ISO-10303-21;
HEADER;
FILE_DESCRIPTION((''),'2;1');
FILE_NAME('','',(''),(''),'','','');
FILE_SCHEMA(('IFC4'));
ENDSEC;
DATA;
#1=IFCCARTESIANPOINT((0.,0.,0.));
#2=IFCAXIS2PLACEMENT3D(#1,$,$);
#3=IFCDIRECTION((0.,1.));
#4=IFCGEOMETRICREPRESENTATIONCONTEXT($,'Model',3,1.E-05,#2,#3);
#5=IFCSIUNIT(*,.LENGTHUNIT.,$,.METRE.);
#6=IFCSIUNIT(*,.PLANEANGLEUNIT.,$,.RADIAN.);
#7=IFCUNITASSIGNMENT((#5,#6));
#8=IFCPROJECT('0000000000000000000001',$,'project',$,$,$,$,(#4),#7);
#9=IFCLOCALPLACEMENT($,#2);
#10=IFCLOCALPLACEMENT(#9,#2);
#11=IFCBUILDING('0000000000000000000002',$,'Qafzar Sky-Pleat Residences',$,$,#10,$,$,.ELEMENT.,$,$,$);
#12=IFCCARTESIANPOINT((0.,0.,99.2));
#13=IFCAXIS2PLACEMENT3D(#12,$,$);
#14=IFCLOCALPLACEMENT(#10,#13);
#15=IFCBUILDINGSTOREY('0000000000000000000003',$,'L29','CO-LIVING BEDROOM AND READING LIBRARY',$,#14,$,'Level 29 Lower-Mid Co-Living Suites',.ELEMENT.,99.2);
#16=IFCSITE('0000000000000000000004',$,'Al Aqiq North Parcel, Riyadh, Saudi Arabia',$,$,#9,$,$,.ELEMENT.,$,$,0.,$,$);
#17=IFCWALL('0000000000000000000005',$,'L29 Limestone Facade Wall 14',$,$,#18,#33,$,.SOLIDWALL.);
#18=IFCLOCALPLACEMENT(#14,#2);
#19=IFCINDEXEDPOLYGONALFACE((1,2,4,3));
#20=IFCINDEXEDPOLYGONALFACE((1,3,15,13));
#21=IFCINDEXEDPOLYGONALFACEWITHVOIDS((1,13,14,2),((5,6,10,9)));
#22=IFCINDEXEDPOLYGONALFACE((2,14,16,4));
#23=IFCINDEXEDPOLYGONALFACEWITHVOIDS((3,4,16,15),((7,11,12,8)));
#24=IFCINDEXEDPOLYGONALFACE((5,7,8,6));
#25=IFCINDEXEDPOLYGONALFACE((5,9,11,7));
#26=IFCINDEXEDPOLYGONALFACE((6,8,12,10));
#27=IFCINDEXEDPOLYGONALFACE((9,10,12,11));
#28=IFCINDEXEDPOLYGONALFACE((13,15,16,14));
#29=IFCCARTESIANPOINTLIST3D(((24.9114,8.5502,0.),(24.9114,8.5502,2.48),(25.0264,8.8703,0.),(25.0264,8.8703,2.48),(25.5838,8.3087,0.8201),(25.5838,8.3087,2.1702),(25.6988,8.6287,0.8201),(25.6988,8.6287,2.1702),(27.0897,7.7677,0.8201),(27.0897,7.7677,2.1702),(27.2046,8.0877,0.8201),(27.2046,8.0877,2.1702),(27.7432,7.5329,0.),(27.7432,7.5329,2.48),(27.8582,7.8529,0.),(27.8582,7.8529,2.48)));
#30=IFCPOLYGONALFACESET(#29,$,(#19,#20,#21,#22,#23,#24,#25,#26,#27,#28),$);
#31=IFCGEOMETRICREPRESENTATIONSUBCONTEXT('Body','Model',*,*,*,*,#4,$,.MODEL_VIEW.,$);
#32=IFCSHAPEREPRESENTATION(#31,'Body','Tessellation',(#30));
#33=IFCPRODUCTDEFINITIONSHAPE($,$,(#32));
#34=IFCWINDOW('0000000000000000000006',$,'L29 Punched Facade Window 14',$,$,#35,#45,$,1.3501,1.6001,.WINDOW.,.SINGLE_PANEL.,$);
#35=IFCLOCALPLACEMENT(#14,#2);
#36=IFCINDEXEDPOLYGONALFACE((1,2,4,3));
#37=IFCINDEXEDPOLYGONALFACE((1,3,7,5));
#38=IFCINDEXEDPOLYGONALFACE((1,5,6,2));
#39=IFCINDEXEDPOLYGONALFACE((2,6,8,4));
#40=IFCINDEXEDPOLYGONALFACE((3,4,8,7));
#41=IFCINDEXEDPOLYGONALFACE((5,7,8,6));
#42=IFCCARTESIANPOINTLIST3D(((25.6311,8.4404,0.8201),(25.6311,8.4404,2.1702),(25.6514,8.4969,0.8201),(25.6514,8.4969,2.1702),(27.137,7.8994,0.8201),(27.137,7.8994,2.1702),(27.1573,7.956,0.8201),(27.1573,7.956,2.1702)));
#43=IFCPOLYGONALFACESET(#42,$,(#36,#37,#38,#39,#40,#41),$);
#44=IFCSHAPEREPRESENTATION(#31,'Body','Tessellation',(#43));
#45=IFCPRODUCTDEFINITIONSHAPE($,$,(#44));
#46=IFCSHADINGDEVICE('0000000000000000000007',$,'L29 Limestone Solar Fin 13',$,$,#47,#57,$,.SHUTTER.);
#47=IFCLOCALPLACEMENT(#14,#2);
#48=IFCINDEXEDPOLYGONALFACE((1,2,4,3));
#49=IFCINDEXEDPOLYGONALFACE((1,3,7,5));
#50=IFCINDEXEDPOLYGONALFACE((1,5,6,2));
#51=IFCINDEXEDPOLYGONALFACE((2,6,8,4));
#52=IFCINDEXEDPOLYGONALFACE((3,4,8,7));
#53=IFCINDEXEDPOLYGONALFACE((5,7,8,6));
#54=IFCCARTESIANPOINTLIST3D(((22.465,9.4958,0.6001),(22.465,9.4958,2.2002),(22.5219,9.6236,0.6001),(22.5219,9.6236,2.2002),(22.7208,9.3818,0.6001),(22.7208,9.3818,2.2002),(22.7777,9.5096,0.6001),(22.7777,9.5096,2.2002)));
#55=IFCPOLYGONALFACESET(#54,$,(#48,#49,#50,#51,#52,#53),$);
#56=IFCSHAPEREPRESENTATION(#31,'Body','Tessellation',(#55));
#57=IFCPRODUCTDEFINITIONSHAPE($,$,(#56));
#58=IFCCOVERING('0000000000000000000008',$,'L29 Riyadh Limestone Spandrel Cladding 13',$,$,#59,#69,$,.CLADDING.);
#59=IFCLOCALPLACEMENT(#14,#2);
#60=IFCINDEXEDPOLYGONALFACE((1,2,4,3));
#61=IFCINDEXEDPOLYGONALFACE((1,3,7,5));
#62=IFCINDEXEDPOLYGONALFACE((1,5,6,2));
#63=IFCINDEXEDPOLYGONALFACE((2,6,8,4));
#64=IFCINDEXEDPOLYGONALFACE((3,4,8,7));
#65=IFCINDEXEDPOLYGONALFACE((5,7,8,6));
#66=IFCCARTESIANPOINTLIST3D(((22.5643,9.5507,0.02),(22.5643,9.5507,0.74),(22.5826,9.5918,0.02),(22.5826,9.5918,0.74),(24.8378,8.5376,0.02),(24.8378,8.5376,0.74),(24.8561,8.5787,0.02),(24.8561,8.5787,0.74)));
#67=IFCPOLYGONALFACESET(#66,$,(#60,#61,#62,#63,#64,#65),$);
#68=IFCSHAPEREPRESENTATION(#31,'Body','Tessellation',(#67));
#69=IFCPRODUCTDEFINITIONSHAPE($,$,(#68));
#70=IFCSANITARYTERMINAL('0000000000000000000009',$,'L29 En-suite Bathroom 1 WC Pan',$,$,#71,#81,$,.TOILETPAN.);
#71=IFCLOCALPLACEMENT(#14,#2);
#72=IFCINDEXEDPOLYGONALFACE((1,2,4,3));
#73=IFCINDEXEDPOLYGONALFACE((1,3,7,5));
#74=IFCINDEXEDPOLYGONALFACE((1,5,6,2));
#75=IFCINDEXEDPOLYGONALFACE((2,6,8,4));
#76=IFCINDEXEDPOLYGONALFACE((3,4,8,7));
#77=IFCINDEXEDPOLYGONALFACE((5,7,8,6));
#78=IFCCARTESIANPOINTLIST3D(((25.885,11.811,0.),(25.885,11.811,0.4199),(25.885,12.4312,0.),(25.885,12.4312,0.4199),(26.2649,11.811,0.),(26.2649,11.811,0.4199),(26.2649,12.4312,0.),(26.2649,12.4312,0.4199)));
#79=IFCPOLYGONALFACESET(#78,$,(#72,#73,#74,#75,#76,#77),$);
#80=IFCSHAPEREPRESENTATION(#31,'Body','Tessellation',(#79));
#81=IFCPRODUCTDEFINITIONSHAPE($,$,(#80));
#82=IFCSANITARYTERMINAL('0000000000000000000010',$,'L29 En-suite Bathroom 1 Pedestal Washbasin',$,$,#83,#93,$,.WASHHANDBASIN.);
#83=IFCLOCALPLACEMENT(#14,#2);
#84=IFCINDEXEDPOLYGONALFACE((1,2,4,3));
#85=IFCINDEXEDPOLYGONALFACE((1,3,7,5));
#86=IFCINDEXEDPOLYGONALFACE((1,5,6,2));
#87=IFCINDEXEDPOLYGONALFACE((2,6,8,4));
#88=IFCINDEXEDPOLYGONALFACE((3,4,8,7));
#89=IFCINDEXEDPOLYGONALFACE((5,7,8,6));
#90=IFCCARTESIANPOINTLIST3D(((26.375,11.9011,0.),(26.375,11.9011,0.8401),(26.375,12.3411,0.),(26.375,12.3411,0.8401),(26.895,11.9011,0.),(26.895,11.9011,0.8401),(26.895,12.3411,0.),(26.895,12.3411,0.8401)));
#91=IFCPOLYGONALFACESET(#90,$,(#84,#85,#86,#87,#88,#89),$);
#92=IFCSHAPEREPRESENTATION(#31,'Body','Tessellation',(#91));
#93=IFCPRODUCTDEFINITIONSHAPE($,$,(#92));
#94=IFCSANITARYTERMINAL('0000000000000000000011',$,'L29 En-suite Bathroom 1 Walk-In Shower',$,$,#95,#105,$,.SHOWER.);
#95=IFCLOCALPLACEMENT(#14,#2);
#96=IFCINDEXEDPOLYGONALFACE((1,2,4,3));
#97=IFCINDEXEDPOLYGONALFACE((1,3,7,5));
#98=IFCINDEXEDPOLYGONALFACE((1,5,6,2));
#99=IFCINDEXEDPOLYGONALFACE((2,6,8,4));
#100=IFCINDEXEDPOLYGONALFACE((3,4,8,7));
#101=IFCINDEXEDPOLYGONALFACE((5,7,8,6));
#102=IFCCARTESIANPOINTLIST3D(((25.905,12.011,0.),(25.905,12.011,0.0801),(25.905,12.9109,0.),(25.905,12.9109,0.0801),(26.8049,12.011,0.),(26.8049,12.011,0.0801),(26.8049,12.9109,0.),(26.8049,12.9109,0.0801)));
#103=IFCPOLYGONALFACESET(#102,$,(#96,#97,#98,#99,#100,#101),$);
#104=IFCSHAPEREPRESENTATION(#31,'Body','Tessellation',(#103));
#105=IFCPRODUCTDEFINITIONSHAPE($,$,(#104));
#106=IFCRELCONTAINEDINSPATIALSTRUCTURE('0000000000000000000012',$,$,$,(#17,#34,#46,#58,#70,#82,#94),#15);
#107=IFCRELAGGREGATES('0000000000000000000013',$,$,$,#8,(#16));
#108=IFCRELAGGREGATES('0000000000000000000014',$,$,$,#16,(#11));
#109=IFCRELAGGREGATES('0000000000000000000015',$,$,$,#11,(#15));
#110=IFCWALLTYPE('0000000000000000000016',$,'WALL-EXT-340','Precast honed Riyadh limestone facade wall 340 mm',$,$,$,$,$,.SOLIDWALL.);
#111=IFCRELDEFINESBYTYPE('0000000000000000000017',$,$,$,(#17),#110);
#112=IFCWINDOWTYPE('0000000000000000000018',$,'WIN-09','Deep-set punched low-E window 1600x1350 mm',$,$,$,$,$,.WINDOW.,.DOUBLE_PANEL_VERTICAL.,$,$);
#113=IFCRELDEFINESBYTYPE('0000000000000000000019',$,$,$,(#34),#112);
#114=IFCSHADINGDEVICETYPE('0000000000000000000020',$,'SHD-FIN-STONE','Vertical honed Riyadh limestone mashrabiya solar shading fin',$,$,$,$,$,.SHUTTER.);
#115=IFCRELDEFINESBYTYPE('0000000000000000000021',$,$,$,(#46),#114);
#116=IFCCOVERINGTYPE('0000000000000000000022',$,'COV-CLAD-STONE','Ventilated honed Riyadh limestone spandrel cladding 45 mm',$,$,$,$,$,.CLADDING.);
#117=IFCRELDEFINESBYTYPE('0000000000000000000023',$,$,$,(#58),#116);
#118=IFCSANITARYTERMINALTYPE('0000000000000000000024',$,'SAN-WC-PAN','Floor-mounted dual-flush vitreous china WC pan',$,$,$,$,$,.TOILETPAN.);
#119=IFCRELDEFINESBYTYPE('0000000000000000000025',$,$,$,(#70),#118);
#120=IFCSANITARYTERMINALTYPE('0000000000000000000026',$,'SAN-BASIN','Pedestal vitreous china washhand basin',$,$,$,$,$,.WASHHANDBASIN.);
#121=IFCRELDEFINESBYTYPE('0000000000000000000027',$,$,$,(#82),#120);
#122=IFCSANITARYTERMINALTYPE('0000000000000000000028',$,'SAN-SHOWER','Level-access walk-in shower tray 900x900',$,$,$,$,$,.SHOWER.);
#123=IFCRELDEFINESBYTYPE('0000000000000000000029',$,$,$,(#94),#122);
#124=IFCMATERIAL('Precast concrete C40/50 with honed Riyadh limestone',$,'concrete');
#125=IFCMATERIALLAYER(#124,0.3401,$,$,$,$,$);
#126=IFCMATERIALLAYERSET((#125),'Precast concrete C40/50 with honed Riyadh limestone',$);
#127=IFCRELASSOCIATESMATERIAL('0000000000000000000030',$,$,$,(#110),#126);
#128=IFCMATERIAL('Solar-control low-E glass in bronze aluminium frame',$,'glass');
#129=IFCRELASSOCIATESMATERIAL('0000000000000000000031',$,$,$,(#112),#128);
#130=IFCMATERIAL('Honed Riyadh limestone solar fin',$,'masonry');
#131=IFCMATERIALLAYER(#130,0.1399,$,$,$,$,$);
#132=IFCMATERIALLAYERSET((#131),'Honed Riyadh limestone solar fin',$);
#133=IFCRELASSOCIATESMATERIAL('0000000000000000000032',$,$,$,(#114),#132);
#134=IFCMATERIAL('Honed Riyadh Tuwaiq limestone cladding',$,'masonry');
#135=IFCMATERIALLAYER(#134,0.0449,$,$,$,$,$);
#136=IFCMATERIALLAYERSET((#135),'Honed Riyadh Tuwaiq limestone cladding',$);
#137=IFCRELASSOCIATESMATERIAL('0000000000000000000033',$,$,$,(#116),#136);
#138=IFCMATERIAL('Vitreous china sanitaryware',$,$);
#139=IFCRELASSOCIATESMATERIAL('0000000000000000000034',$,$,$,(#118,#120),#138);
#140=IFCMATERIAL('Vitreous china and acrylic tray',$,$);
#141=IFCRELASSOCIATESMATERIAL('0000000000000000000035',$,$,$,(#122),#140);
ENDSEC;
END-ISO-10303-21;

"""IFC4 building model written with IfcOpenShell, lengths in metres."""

from ifc_helpers import new_model, si_unit, direction, frame, frame_2d, origin, origin_2d, place, context, subcontext, project, spatial, rectangle, extrude, source, transform, mapped, material, layer, layer_set, type_object, element, fill, save


model = new_model("IFC4")

# Units and contexts
model_context = context("Model", 3, precision=1e-05, world=origin(), true_north=direction((0.0, 1.0)))
body_context = subcontext(model_context, "Body", "Model", "MODEL_VIEW")
ifc_project = project(units=[si_unit("LENGTHUNIT", "METRE"), si_unit("PLANEANGLEUNIT", "RADIAN")], contexts=[model_context])

# Site, building, storey
site_placement = place(None, origin())
site = spatial("IfcSite", under=ifc_project, at=site_placement, Name="Al Aqiq North Parcel, Riyadh, Saudi Arabia", CompositionType="ELEMENT", RefElevation=0.0)
building_placement = place(site_placement, origin())
building = spatial("IfcBuilding", under=site, at=building_placement, Name="Qafzar Sky-Pleat Residences", CompositionType="ELEMENT")
storey_placement = place(building_placement, frame((0.0, 0.0, 99.2)))
storey = spatial("IfcBuildingStorey", under=building, at=storey_placement, Name="L29", Description="CO-LIVING BEDROOM AND READING LIBRARY", LongName="Level 29 Lower-Mid Co-Living Suites", CompositionType="ELEMENT", Elevation=99.2)

# Wall, opening, window
ifc_material_1 = material(Name="Precast concrete C40/50 with honed Riyadh limestone", Category="concrete")
ifc_layer_1 = layer(ifc_material_1, 0.3401)
ifc_layer_set_1 = layer_set([ifc_layer_1], Name="Precast concrete C40/50 with honed Riyadh limestone")
wall_type_1 = type_object("IfcWallType", Name="WALL-EXT-340", Description="Precast honed Riyadh limestone facade wall 340 mm", PredefinedType="SOLIDWALL", material=ifc_layer_set_1)
ifc_material_2 = material(Name="Solar-control low-E glass in bronze aluminium frame", Category="glass")
wall_1_placement = place(storey_placement, frame((24.969, 8.7102, 0.0), z_axis=(0.0, 0.0, 1.0), x_axis=(0.941111, -0.338099, 0.0)))
wall_1 = element("IfcWall", 1, at=wall_1_placement, inside=storey, type_object=wall_type_1, Name="L29 Limestone Facade Wall 14", PredefinedType="SOLIDWALL", context=body_context, shape_type="SweptSolid", body=[
    extrude(rectangle(XDim=3.009, YDim=0.3401, at=frame_2d((1.5044, 0.0))), origin(), (0.0, 0.0, 1.0), 2.48),
])
opening_1_placement = place(wall_1_placement, frame((0.7144, 0.0, 0.8201)))
opening_1 = element("IfcOpeningElement", 2, at=opening_1_placement, cuts=wall_1, PredefinedType="OPENING", context=body_context, shape_type="SweptSolid", body=[
    extrude(rectangle(XDim=1.6001, YDim=1.3501, at=frame_2d((0.8, 0.675))), frame((0.0, 0.1802, 0.0), z_axis=(0.0, -1.0, 0.0), x_axis=(1.0, 0.0, 0.0)), (0.0, 0.0, 1.0), 0.3601),
])
window_type_1 = type_object("IfcWindowType", Name="WIN-09", Description="Deep-set punched low-E window 1600x1350 mm", PartitioningType="DOUBLE_PANEL_VERTICAL", PredefinedType="WINDOW", material=ifc_material_2)
shared_shape_1 = source(origin(), body_context, "Body", "SweptSolid", [
    extrude(rectangle(XDim=1.6001, YDim=1.3501, at=frame_2d((0.8, 0.675))), frame((0.0, 0.03, 0.0), z_axis=(0.0, -1.0, 0.0), x_axis=(1.0, 0.0, 0.0)), (0.0, 0.0, 1.0), 0.0601),
])
window_1_placement = place(opening_1_placement, origin())
window_1 = element("IfcWindow", 3, at=window_1_placement, inside=storey, type_object=window_type_1, Name="L29 Punched Facade Window 14", OverallHeight=1.3501, OverallWidth=1.6001, PartitioningType="SINGLE_PANEL", PredefinedType="WINDOW", context=body_context, shape_type="MappedRepresentation", body=[
    mapped(shared_shape_1, transform((0.0, 0.0, 0.0), x_axis=(1.0, 0.0, 0.0), y_axis=(0.0, 1.0, 0.0), z_axis=(0.0, 0.0, 1.0), scale=1.0)),
])
fill(opening_1, window_1)

# Shading device
ifc_material_3 = material(Name="Honed Riyadh limestone solar fin", Category="masonry")
ifc_layer_2 = layer(ifc_material_3, 0.1399)
ifc_layer_set_2 = layer_set([ifc_layer_2], Name="Honed Riyadh limestone solar fin")
shading_device_type = type_object("IfcShadingDeviceType", Name="SHD-FIN-STONE", Description="Vertical honed Riyadh limestone mashrabiya solar shading fin", PredefinedType="SHUTTER", material=ifc_layer_set_2)
shared_shape_2 = source(origin(), body_context, "Body", "SweptSolid", [
    extrude(rectangle(XDim=0.1399, YDim=0.28, at=origin_2d()), origin(), (0.0, 0.0, 1.0), 1.6001),
])
shading_device_placement = place(storey_placement, frame((22.6213, 9.5027, 0.6001), z_axis=(0.0, 0.0, 1.0), x_axis=(-0.407007, -0.913425, 0.0)))
element("IfcShadingDevice", 4, at=shading_device_placement, inside=storey, type_object=shading_device_type, Name="L29 Limestone Solar Fin 13", PredefinedType="SHUTTER", context=body_context, shape_type="MappedRepresentation", body=[
    mapped(shared_shape_2, transform((0.0, 0.0, 0.0), x_axis=(1.0, 0.0, 0.0), y_axis=(0.0, 1.0, 0.0), z_axis=(0.0, 0.0, 1.0), scale=1.0)),
])

# Covering
ifc_material_4 = material(Name="Honed Riyadh Tuwaiq limestone cladding", Category="masonry")
ifc_layer_3 = layer(ifc_material_4, 0.0449)
ifc_layer_set_3 = layer_set([ifc_layer_3], Name="Honed Riyadh Tuwaiq limestone cladding")
covering_type = type_object("IfcCoveringType", Name="COV-CLAD-STONE", Description="Ventilated honed Riyadh limestone spandrel cladding 45 mm", PredefinedType="CLADDING", material=ifc_layer_set_3)
shared_shape_3 = source(origin(), body_context, "Body", "SweptSolid", [
    extrude(rectangle(XDim=2.489, YDim=0.0449, at=origin_2d()), origin(), (0.0, 0.0, 1.0), 0.72),
])
covering_placement = place(storey_placement, frame((23.7102, 9.0647, 0.02), z_axis=(0.0, 0.0, 1.0), x_axis=(0.913417, -0.407024, 0.0)))
element("IfcCovering", 5, at=covering_placement, inside=storey, type_object=covering_type, Name="L29 Riyadh Limestone Spandrel Cladding 13", PredefinedType="CLADDING", context=body_context, shape_type="MappedRepresentation", body=[
    mapped(shared_shape_3, transform((0.0, 0.0, 0.0), x_axis=(1.0, 0.0, 0.0), y_axis=(0.0, 1.0, 0.0), z_axis=(0.0, 0.0, 1.0), scale=1.0)),
])

# Sanitary terminals
ifc_material_5 = material(Name="Vitreous china sanitaryware")
sanitary_terminal_type_1 = type_object("IfcSanitaryTerminalType", Name="SAN-WC-PAN", Description="Floor-mounted dual-flush vitreous china WC pan", PredefinedType="TOILETPAN", material=ifc_material_5)
shared_shape_4 = source(origin(), body_context, "Body", "SweptSolid", [
    extrude(rectangle(XDim=0.3799, YDim=0.6201, at=origin_2d()), origin(), (0.0, 0.0, 1.0), 0.4199),
])
sanitary_terminal_1_placement = place(storey_placement, frame((26.075, 12.1211, 0.0), z_axis=(0.0, 0.0, 1.0), x_axis=(1.0, 0.0, 0.0)))
element("IfcSanitaryTerminal", 6, at=sanitary_terminal_1_placement, inside=storey, type_object=sanitary_terminal_type_1, Name="L29 En-suite Bathroom 1 WC Pan", PredefinedType="TOILETPAN", context=body_context, shape_type="MappedRepresentation", body=[
    mapped(shared_shape_4, transform((0.0, 0.0, 0.0), x_axis=(1.0, 0.0, 0.0), y_axis=(0.0, 1.0, 0.0), z_axis=(0.0, 0.0, 1.0), scale=1.0)),
])
sanitary_terminal_type_2 = type_object("IfcSanitaryTerminalType", Name="SAN-BASIN", Description="Pedestal vitreous china washhand basin", PredefinedType="WASHHANDBASIN", material=ifc_material_5)
shared_shape_5 = source(origin(), body_context, "Body", "SweptSolid", [
    extrude(rectangle(XDim=0.52, YDim=0.4399, at=origin_2d()), origin(), (0.0, 0.0, 1.0), 0.8401),
])
sanitary_terminal_2_placement = place(storey_placement, frame((26.635, 12.1211, 0.0), z_axis=(0.0, 0.0, 1.0), x_axis=(1.0, 0.0, 0.0)))
element("IfcSanitaryTerminal", 7, at=sanitary_terminal_2_placement, inside=storey, type_object=sanitary_terminal_type_2, Name="L29 En-suite Bathroom 1 Pedestal Washbasin", PredefinedType="WASHHANDBASIN", context=body_context, shape_type="MappedRepresentation", body=[
    mapped(shared_shape_5, transform((0.0, 0.0, 0.0), x_axis=(1.0, 0.0, 0.0), y_axis=(0.0, 1.0, 0.0), z_axis=(0.0, 0.0, 1.0), scale=1.0)),
])
ifc_material_6 = material(Name="Vitreous china and acrylic tray")
sanitary_terminal_type_3 = type_object("IfcSanitaryTerminalType", Name="SAN-SHOWER", Description="Level-access walk-in shower tray 900x900", PredefinedType="SHOWER", material=ifc_material_6)
shared_shape_6 = source(origin(), body_context, "Body", "SweptSolid", [
    extrude(rectangle(XDim=0.8999, YDim=0.8999, at=origin_2d()), origin(), (0.0, 0.0, 1.0), 0.0801),
])
sanitary_terminal_3_placement = place(storey_placement, frame((26.355, 12.4609, 0.0), z_axis=(0.0, 0.0, 1.0), x_axis=(1.0, 0.0, 0.0)))
element("IfcSanitaryTerminal", 8, at=sanitary_terminal_3_placement, inside=storey, type_object=sanitary_terminal_type_3, Name="L29 En-suite Bathroom 1 Walk-In Shower", PredefinedType="SHOWER", context=body_context, shape_type="MappedRepresentation", body=[
    mapped(shared_shape_6, transform((0.0, 0.0, 0.0), x_axis=(1.0, 0.0, 0.0), y_axis=(0.0, 1.0, 0.0), z_axis=(0.0, 0.0, 1.0), scale=1.0)),
])

save(model, "model.ifc")
